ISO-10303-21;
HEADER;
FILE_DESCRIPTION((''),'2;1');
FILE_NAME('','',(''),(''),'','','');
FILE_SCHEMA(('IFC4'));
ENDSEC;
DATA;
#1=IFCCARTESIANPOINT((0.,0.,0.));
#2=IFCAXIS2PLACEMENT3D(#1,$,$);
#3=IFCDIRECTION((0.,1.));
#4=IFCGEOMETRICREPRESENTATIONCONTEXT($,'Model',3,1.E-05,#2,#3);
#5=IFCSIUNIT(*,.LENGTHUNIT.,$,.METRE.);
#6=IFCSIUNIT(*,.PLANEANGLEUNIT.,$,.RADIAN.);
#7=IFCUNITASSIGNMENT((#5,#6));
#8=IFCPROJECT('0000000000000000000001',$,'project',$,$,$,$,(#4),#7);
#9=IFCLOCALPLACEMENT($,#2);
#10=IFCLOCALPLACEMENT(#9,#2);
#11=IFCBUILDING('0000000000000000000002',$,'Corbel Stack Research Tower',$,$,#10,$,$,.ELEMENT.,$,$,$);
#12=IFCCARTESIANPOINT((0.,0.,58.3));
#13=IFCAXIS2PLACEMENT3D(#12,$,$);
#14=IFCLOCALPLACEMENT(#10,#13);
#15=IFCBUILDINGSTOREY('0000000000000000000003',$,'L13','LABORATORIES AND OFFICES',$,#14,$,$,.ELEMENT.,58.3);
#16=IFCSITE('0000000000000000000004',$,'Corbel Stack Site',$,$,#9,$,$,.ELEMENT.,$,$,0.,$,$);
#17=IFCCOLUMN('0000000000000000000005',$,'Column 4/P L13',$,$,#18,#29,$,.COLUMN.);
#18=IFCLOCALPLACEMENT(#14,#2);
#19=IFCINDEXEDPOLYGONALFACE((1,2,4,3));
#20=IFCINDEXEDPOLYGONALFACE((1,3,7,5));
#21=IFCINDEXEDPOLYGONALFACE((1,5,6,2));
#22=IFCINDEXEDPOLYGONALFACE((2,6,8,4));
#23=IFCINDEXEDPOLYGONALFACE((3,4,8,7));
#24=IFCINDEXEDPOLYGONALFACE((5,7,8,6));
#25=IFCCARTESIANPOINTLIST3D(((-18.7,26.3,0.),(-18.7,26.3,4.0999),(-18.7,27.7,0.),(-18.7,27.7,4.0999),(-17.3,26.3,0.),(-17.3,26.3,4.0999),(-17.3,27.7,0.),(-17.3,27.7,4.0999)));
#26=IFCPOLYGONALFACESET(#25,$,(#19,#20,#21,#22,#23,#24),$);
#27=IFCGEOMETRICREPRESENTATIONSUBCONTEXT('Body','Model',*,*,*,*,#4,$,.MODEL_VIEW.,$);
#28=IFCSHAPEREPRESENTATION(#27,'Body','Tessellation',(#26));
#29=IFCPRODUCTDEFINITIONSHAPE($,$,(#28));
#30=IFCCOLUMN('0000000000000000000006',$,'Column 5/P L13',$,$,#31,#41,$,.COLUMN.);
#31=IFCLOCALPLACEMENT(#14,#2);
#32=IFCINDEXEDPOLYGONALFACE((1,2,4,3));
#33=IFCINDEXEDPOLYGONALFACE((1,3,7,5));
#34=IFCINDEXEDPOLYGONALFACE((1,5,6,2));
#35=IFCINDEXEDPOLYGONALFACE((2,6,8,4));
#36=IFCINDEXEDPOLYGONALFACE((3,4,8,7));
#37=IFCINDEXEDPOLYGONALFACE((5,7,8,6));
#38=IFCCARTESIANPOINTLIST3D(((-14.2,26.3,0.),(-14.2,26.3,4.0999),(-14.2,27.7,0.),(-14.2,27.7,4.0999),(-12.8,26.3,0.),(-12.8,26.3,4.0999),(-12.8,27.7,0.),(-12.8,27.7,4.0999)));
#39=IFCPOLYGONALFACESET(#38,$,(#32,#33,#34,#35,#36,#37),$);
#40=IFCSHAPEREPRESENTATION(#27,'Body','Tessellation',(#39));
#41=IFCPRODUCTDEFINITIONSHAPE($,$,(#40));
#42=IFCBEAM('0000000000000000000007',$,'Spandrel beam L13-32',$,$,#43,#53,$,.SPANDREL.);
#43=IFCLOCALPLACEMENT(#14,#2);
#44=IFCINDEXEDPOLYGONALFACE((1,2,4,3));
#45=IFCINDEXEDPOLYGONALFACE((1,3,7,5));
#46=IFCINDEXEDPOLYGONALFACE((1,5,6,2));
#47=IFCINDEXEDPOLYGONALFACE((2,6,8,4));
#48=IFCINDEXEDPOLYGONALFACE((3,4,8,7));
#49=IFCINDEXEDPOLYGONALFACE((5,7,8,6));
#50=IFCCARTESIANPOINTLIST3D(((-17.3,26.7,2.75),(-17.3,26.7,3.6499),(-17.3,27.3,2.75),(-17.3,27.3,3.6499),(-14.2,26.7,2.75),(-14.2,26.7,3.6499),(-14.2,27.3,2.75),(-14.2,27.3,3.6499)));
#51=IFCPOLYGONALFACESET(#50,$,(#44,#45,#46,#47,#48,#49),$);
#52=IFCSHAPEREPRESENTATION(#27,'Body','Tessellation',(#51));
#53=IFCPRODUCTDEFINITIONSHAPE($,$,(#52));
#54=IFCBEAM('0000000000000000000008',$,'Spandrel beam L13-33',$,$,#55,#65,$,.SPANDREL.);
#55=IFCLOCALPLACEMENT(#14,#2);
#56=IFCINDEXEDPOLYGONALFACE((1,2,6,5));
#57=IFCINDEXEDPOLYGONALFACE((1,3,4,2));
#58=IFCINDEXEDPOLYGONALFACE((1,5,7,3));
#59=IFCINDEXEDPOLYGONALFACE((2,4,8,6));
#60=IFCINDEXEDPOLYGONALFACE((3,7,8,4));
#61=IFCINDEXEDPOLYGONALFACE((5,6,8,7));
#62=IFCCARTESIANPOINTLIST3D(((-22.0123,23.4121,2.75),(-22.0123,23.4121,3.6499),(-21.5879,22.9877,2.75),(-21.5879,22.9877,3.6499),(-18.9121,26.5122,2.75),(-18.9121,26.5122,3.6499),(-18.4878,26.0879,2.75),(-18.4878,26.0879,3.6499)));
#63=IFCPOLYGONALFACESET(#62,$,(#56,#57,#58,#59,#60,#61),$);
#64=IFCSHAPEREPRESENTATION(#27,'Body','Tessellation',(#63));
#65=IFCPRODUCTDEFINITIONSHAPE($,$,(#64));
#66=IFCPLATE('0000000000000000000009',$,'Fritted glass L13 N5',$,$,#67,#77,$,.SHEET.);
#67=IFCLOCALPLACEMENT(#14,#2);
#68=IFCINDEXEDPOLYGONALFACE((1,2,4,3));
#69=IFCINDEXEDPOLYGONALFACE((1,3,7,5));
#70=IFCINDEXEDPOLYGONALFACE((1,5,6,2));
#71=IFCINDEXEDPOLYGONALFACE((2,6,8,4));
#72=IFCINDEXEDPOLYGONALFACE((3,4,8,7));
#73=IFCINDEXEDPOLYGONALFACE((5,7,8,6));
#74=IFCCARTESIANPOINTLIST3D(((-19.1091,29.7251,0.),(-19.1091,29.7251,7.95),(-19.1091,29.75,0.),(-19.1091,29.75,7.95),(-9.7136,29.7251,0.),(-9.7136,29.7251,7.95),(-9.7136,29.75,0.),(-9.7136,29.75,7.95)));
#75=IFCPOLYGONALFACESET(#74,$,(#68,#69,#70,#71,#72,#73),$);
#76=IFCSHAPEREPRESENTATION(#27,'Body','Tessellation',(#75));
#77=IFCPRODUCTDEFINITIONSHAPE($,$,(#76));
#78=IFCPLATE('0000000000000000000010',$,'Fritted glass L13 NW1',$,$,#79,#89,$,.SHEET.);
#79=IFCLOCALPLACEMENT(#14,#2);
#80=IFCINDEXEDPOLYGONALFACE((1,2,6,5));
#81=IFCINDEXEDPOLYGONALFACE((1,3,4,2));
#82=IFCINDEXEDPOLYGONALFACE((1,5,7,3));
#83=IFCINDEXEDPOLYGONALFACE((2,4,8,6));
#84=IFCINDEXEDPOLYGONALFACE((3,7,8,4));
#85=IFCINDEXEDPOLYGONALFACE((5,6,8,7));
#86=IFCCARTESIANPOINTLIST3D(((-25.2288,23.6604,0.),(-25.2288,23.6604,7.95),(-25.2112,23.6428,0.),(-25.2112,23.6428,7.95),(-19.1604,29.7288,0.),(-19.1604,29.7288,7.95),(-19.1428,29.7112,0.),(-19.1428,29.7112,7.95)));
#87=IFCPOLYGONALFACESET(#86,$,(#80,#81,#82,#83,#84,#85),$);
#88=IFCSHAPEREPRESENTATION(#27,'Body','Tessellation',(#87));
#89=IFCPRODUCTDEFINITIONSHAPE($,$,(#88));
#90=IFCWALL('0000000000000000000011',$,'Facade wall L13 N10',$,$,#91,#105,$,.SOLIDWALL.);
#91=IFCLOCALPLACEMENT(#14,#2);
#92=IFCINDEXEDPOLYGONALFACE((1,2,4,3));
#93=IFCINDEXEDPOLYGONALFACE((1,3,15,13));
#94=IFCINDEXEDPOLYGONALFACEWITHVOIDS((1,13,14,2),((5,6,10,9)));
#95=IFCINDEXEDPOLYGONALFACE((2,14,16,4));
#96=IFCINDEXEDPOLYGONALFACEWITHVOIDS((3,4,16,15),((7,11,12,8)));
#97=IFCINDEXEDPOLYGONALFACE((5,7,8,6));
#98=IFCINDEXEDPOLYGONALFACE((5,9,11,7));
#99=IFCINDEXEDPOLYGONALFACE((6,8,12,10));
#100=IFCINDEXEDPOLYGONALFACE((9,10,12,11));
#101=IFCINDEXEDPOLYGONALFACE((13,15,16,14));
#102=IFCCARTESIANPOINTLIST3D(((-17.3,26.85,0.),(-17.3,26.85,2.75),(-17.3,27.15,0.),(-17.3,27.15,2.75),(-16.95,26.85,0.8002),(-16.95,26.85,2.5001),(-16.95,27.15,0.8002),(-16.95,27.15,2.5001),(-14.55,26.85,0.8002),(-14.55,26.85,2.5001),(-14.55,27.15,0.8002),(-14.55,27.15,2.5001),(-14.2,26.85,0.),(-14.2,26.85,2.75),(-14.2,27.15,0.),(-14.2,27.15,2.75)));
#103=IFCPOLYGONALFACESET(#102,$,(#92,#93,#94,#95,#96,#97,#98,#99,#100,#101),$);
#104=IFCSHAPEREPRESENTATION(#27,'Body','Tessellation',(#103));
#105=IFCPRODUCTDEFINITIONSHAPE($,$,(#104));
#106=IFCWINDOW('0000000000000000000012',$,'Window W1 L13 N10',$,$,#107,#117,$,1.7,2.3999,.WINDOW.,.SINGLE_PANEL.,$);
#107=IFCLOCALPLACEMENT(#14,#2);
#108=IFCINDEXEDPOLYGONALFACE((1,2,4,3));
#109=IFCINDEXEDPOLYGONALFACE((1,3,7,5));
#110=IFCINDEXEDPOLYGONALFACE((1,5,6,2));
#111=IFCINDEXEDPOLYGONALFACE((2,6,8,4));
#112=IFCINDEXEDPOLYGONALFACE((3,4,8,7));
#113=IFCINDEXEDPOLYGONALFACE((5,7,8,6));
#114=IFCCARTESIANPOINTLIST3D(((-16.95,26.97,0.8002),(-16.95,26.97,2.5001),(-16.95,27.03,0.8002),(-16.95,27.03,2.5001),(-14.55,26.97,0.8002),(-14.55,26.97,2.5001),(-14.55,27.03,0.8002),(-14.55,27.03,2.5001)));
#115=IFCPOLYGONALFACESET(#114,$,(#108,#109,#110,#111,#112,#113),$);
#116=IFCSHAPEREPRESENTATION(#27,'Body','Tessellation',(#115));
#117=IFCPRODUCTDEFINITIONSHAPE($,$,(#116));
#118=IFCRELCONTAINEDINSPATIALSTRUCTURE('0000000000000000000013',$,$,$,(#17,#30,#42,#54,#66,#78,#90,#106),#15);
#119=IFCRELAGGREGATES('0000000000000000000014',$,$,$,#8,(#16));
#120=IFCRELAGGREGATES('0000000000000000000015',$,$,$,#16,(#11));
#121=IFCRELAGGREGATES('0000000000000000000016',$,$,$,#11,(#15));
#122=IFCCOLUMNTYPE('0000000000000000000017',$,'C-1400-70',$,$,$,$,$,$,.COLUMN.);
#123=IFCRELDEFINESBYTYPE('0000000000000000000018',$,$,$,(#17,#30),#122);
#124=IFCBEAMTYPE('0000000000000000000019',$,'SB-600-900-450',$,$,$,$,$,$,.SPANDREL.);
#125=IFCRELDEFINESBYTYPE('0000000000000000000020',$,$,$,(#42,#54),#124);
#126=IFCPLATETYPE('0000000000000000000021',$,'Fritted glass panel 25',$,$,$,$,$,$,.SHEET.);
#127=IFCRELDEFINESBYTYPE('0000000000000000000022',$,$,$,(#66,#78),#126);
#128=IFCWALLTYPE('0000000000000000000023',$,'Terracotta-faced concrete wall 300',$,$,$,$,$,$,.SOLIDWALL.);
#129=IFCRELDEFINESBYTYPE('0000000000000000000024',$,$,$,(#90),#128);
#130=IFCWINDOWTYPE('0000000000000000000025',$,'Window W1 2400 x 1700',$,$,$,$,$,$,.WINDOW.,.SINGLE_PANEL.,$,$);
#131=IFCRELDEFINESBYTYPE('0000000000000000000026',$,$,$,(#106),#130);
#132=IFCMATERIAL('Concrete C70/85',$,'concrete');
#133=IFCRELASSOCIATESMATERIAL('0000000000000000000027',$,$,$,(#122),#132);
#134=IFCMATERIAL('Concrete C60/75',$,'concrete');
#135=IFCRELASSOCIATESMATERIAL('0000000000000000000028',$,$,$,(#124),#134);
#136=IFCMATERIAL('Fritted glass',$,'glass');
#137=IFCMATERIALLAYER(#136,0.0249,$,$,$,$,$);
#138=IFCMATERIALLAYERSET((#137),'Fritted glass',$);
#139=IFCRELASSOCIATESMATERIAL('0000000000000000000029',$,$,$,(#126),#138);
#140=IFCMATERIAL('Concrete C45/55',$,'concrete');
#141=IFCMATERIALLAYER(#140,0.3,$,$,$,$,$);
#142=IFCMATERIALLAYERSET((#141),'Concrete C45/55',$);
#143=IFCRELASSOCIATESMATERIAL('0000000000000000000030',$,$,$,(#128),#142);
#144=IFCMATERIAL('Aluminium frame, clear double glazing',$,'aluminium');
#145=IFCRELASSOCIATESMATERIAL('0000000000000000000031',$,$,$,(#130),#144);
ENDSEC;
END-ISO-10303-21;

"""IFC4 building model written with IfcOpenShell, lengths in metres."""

from ifc_helpers import new_model, si_unit, direction, frame, frame_2d, origin, origin_2d, place, context, subcontext, project, spatial, rectangle, extrude, material, layer, layer_set, material_profile, profile_set, type_object, element, fill, save


model = new_model("IFC4")

# Units and contexts
model_context = context("Model", 3, precision=1e-05, world=origin(), true_north=direction((0.0, 1.0)))
body_context = subcontext(model_context, "Body", "Model", "MODEL_VIEW")
ifc_project = project(units=[si_unit("LENGTHUNIT", "METRE"), si_unit("PLANEANGLEUNIT", "RADIAN")], contexts=[model_context])

# Site, building, storey
site_placement = place(None, origin())
site = spatial("IfcSite", under=ifc_project, at=site_placement, Name="Corbel Stack Site", CompositionType="ELEMENT", RefElevation=0.0)
building_placement = place(site_placement, origin())
building = spatial("IfcBuilding", under=site, at=building_placement, Name="Corbel Stack Research Tower", CompositionType="ELEMENT")
storey_placement = place(building_placement, frame((0.0, 0.0, 58.3)))
storey = spatial("IfcBuildingStorey", under=building, at=storey_placement, Name="L13", Description="LABORATORIES AND OFFICES", CompositionType="ELEMENT", Elevation=58.3)

# Columns
ifc_material_1 = material(Name="Concrete C70/85", Category="concrete")
ifc_material_profile_1 = material_profile(ifc_material_1, rectangle(XDim=1.3999, YDim=1.3999, at=origin_2d()), Name="RC 1400 x 1400")
ifc_profile_set_1 = profile_set([ifc_material_profile_1], Name="Concrete C70/85")
column_type = type_object("IfcColumnType", Name="C-1400-70", PredefinedType="COLUMN", material=ifc_profile_set_1)
for number, where, z_axis, x_axis, name in (
    (1, (-18.0, 27.0, 0.0), (0.0, 0.0, 1.0), (1.0, 0.0, 0.0), "Column 4/P L13"),
    (2, (-13.5, 27.0, 0.0), (0.0, 0.0, 1.0), (1.0, 0.0, 0.0), "Column 5/P L13"),
):
    element("IfcColumn", number, at=place(storey_placement, frame(where, z_axis=z_axis, x_axis=x_axis)), inside=storey, type_object=column_type, Name=name, PredefinedType="COLUMN", context=body_context, shape_type="SweptSolid", body=[
        extrude(rectangle(XDim=1.3999, YDim=1.3999, at=origin_2d()), origin(), (0.0, 0.0, 1.0), 4.0999),
    ])

# Beams
ifc_material_2 = material(Name="Concrete C60/75", Category="concrete")
ifc_material_profile_2 = material_profile(ifc_material_2, rectangle(XDim=0.6001, YDim=0.8999, at=origin_2d()), Name="RC 600 x 900")
ifc_profile_set_2 = profile_set([ifc_material_profile_2], Name="Concrete C60/75")
beam_type = type_object("IfcBeamType", Name="SB-600-900-450", PredefinedType="SPANDREL", material=ifc_profile_set_2)
beam_1_placement = place(storey_placement, frame((-14.2, 27.0, 3.2), z_axis=(-1.0, 0.0, 0.0), x_axis=(0.0, -1.0, 0.0)))
element("IfcBeam", 3, at=beam_1_placement, inside=storey, type_object=beam_type, Name="Spandrel beam L13-32", PredefinedType="SPANDREL", context=body_context, shape_type="SweptSolid", body=[
    extrude(rectangle(XDim=0.6001, YDim=0.8999, at=origin_2d()), origin(), (0.0, 0.0, 1.0), 3.1001),
])
beam_2_placement = place(storey_placement, frame((-18.7, 26.3, 3.2), z_axis=(-0.707107, -0.707107, 0.0), x_axis=(0.707107, -0.707107, 0.0)))
element("IfcBeam", 4, at=beam_2_placement, inside=storey, type_object=beam_type, Name="Spandrel beam L13-33", PredefinedType="SPANDREL", context=body_context, shape_type="SweptSolid", body=[
    extrude(rectangle(XDim=0.6001, YDim=0.8999, at=origin_2d()), origin(), (0.0, 0.0, 1.0), 4.3843),
])

# Plates
ifc_material_3 = material(Name="Fritted glass", Category="glass")
ifc_layer_1 = layer(ifc_material_3, 0.0249)
ifc_layer_set_1 = layer_set([ifc_layer_1], Name="Fritted glass")
plate_type = type_object("IfcPlateType", Name="Fritted glass panel 25", PredefinedType="SHEET", material=ifc_layer_set_1)
plate_1_placement = place(storey_placement, frame((-14.4114, 29.7375, 0.0), z_axis=(0.0, 0.0, 1.0), x_axis=(-1.0, 0.0, 0.0)))
element("IfcPlate", 5, at=plate_1_placement, inside=storey, type_object=plate_type, Name="Fritted glass L13 N5", PredefinedType="SHEET", context=body_context, shape_type="SweptSolid", body=[
    extrude(rectangle(XDim=9.3955, YDim=0.0249, at=origin_2d()), origin(), (0.0, 0.0, 1.0), 7.95),
])
plate_2_placement = place(storey_placement, frame((-22.1858, 26.6858, 0.0), z_axis=(0.0, 0.0, 1.0), x_axis=(-0.707107, -0.707107, 0.0)))
element("IfcPlate", 6, at=plate_2_placement, inside=storey, type_object=plate_type, Name="Fritted glass L13 NW1", PredefinedType="SHEET", context=body_context, shape_type="SweptSolid", body=[
    extrude(rectangle(XDim=8.582, YDim=0.0249, at=origin_2d()), origin(), (0.0, 0.0, 1.0), 7.95),
])

# Wall, opening, window
ifc_material_4 = material(Name="Concrete C45/55", Category="concrete")
ifc_layer_2 = layer(ifc_material_4, 0.3)
ifc_layer_set_2 = layer_set([ifc_layer_2], Name="Concrete C45/55")
wall_type = type_object("IfcWallType", Name="Terracotta-faced concrete wall 300", PredefinedType="SOLIDWALL", material=ifc_layer_set_2)
wall_placement = place(storey_placement, frame((-17.3, 27.0, 0.0), z_axis=(0.0, 0.0, 1.0), x_axis=(1.0, 0.0, 0.0)))
wall = element("IfcWall", 7, at=wall_placement, inside=storey, type_object=wall_type, Name="Facade wall L13 N10", PredefinedType="SOLIDWALL", context=body_context, shape_type="SweptSolid", body=[
    extrude(rectangle(XDim=3.1001, YDim=0.3, at=frame_2d((1.55, 0.0))), origin(), (0.0, 0.0, 1.0), 2.75),
])
opening_placement = place(wall_placement, frame((0.3501, 0.0, 0.8)))
opening = element("IfcOpeningElement", 8, at=opening_placement, cuts=wall, PredefinedType="OPENING", context=body_context, shape_type="SweptSolid", body=[
    extrude(rectangle(XDim=2.3999, YDim=1.7, at=frame_2d((1.2, 0.8501))), frame((0.0, 0.1599, 0.0), z_axis=(0.0, -1.0, 0.0), x_axis=(1.0, 0.0, 0.0)), (0.0, 0.0, 1.0), 0.3201),
])
ifc_material_5 = material(Name="Aluminium frame, clear double glazing", Category="aluminium")
window_type = type_object("IfcWindowType", Name="Window W1 2400 x 1700", PartitioningType="SINGLE_PANEL", PredefinedType="WINDOW", material=ifc_material_5)
window_placement = place(opening_placement, origin())
window = element("IfcWindow", 9, at=window_placement, inside=storey, type_object=window_type, Name="Window W1 L13 N10", OverallHeight=1.7, OverallWidth=2.3999, PartitioningType="SINGLE_PANEL", PredefinedType="WINDOW", context=body_context, shape_type="SweptSolid", body=[
    extrude(rectangle(XDim=2.3999, YDim=1.7, at=frame_2d((1.2, 0.8501))), frame((0.0, 0.03, 0.0), z_axis=(0.0, -1.0, 0.0), x_axis=(1.0, 0.0, 0.0)), (0.0, 0.0, 1.0), 0.0601),
])
fill(opening, window)

save(model, "model.ifc")
